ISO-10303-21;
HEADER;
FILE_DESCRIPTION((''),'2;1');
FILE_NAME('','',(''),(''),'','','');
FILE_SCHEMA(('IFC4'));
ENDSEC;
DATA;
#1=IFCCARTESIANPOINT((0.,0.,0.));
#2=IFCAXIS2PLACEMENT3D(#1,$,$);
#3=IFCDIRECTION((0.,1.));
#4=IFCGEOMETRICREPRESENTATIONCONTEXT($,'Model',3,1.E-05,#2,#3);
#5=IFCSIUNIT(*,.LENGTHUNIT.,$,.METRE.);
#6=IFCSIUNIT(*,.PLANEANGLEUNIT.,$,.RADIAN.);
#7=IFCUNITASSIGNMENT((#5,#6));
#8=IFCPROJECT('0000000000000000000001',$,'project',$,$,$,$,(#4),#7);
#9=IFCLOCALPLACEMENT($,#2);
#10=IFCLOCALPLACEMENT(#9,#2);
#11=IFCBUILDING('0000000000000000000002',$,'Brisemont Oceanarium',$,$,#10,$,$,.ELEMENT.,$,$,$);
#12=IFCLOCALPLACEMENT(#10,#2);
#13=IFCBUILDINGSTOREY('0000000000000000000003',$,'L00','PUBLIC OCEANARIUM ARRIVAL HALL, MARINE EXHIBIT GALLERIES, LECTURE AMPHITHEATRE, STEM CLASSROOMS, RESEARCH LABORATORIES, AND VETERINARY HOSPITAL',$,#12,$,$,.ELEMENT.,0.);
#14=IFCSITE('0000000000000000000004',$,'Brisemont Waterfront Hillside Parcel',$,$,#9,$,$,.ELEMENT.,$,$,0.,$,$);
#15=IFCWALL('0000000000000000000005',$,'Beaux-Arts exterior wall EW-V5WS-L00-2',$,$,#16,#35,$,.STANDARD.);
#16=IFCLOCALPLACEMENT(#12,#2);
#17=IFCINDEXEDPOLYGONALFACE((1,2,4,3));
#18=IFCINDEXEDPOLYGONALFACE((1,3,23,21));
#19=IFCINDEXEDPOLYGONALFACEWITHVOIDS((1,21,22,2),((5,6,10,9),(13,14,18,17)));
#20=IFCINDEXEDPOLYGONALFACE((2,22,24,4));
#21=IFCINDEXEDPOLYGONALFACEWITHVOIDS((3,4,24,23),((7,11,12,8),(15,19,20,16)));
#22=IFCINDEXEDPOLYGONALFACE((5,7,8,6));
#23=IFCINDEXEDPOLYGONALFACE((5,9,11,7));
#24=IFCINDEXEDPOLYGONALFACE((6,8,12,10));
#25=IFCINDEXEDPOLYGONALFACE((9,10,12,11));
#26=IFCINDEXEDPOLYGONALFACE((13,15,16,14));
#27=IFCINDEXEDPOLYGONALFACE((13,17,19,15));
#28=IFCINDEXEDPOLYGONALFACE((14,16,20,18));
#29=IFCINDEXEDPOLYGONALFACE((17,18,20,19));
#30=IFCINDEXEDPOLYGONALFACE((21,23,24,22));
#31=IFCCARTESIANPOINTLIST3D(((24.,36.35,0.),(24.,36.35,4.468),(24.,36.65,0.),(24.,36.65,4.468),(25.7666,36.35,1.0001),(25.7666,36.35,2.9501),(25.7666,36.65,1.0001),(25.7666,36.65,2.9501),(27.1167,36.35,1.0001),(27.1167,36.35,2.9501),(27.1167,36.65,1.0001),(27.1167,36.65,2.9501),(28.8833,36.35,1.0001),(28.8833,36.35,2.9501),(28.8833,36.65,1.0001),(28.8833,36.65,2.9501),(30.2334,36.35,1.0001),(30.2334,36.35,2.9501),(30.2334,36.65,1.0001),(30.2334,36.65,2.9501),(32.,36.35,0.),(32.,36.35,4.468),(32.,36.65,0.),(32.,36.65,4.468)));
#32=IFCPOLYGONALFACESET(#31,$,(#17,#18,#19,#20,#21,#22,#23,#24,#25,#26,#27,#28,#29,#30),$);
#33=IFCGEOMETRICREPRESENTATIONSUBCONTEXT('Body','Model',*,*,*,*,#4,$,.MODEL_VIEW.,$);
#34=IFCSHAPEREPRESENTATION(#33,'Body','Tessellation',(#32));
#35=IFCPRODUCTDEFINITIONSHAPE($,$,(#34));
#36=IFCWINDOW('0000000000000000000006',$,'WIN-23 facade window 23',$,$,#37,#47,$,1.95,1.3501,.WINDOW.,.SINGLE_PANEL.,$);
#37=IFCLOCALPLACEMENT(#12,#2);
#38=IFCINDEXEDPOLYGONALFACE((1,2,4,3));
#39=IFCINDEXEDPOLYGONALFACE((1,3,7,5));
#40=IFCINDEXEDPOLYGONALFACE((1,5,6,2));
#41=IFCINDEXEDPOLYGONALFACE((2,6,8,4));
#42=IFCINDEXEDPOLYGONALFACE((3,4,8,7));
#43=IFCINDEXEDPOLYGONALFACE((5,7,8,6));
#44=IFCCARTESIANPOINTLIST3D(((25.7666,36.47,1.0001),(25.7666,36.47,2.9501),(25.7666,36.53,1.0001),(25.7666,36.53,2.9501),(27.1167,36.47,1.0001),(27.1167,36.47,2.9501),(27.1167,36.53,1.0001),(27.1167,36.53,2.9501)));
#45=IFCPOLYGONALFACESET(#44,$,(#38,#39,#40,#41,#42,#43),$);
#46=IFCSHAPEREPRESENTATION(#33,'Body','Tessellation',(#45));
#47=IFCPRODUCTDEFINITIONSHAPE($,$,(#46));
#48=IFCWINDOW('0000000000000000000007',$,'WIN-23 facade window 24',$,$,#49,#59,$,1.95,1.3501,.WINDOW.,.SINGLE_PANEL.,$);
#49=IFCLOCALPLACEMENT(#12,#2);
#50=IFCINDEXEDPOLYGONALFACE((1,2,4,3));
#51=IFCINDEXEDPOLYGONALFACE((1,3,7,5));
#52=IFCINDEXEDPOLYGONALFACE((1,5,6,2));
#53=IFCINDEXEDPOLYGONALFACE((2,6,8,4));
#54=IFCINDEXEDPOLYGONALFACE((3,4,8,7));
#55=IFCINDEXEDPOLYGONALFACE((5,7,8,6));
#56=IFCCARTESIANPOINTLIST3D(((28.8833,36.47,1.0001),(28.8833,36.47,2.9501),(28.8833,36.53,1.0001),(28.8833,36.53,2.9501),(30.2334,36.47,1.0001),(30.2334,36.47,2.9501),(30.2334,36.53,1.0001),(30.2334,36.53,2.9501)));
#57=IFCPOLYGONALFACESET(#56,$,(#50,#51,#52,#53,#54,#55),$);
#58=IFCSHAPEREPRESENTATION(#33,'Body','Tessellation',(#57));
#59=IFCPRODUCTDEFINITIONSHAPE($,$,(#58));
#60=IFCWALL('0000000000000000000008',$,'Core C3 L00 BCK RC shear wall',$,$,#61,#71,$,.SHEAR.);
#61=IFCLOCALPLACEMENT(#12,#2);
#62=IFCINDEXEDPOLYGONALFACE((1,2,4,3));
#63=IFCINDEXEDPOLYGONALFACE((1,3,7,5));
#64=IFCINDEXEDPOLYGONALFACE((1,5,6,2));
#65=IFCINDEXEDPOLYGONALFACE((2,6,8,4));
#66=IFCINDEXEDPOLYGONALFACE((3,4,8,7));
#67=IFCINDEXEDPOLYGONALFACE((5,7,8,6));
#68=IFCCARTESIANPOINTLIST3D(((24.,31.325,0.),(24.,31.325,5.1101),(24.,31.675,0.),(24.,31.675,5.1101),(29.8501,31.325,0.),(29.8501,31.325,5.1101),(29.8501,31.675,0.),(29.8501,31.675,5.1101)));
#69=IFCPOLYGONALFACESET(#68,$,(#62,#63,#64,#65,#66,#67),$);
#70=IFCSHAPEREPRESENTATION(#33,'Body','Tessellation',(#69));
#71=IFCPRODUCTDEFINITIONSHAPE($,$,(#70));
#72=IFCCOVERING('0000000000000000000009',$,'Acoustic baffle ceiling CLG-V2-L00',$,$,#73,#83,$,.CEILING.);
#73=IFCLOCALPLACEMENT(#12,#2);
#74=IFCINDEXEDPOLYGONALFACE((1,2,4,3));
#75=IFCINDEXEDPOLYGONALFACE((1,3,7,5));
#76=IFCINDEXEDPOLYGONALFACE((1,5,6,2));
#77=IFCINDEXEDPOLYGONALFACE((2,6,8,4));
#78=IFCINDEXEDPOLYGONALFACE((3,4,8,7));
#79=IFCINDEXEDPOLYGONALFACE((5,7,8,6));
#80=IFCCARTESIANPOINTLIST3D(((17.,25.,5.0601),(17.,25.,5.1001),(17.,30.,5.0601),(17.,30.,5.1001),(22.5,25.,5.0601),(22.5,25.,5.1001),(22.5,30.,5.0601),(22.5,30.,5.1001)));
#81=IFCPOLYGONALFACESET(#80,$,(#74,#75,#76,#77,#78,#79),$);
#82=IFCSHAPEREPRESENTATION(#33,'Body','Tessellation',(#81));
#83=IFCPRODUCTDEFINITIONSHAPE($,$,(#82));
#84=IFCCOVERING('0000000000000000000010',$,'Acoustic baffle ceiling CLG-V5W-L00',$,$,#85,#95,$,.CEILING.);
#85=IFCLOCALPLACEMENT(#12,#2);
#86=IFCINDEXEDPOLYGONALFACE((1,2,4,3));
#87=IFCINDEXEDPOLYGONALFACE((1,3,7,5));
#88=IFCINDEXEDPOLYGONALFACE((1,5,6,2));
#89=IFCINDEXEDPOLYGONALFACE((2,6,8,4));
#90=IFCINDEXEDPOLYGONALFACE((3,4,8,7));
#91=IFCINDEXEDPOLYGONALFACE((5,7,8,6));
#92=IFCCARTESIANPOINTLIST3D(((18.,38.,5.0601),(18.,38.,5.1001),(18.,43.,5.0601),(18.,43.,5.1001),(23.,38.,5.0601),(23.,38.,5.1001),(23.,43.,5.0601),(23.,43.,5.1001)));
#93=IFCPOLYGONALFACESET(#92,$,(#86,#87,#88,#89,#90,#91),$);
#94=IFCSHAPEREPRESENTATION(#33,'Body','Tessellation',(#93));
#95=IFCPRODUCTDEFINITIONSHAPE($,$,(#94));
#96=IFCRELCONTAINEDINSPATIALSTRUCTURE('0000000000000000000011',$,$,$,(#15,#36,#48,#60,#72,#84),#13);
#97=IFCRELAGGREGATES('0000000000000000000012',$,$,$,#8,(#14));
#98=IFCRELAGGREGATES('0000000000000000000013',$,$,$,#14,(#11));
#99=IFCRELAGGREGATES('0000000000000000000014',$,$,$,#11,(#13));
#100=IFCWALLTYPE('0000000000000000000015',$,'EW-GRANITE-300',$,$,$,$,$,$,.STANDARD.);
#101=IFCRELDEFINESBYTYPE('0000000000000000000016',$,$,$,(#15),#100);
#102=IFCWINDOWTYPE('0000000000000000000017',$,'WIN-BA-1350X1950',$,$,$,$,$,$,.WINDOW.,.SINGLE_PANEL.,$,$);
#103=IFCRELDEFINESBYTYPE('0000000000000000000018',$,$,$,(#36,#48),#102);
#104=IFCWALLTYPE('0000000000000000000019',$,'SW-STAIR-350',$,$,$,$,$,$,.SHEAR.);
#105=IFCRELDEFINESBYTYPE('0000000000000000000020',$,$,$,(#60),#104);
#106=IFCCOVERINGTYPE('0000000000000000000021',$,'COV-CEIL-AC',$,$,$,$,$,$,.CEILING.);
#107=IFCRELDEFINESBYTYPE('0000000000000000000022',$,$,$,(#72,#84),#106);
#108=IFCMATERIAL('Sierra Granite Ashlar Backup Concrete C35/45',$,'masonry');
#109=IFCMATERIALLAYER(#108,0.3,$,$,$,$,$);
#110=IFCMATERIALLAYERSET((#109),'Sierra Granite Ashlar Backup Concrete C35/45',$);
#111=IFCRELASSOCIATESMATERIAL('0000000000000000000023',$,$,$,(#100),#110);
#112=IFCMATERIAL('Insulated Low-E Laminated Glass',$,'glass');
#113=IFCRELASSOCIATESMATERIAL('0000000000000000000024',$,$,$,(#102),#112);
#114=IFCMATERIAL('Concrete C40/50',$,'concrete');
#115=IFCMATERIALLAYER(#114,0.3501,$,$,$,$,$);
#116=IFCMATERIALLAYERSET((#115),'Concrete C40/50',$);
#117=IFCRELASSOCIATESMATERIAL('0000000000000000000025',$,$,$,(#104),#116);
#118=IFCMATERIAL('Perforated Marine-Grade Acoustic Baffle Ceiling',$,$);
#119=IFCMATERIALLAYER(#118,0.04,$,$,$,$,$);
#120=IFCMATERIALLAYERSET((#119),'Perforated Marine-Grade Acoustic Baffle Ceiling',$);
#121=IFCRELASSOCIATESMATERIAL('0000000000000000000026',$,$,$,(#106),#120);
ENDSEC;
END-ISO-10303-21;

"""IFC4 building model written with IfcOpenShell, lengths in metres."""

from ifc_helpers import new_model, si_unit, direction, frame, frame_2d, origin, origin_2d, place, context, subcontext, project, spatial, rectangle, extrude, material, layer, layer_set, type_object, element, fill, save


model = new_model("IFC4")

# Units and contexts
model_context = context("Model", 3, precision=1e-05, world=origin(), true_north=direction((0.0, 1.0)))
body_context = subcontext(model_context, "Body", "Model", "MODEL_VIEW")
ifc_project = project(units=[si_unit("LENGTHUNIT", "METRE"), si_unit("PLANEANGLEUNIT", "RADIAN")], contexts=[model_context])

# Site, building, storey
site_placement = place(None, origin())
site = spatial("IfcSite", under=ifc_project, at=site_placement, Name="Brisemont Waterfront Hillside Parcel", CompositionType="ELEMENT", RefElevation=0.0)
building_placement = place(site_placement, origin())
building = spatial("IfcBuilding", under=site, at=building_placement, Name="Brisemont Oceanarium", CompositionType="ELEMENT")
storey_placement = place(building_placement, origin())
storey = spatial("IfcBuildingStorey", under=building, at=storey_placement, Name="L00", Description="PUBLIC OCEANARIUM ARRIVAL HALL, MARINE EXHIBIT GALLERIES, LECTURE AMPHITHEATRE, STEM CLASSROOMS, RESEARCH LABORATORIES, AND VETERINARY HOSPITAL", CompositionType="ELEMENT", Elevation=0.0)

# Wall, openings, windows
ifc_material_1 = material(Name="Sierra Granite Ashlar Backup Concrete C35/45", Category="masonry")
ifc_layer_1 = layer(ifc_material_1, 0.3)
ifc_layer_set_1 = layer_set([ifc_layer_1], Name="Sierra Granite Ashlar Backup Concrete C35/45")
wall_type_1 = type_object("IfcWallType", Name="EW-GRANITE-300", PredefinedType="STANDARD", material=ifc_layer_set_1)
wall_1_placement = place(storey_placement, frame((24.0, 36.5, 0.0), z_axis=(0.0, 0.0, 1.0), x_axis=(1.0, 0.0, 0.0)))
wall_1 = element("IfcWall", 1, at=wall_1_placement, inside=storey, type_object=wall_type_1, Name="Beaux-Arts exterior wall EW-V5WS-L00-2", PredefinedType="STANDARD", context=body_context, shape_type="SweptSolid", body=[
    extrude(rectangle(XDim=8.0, YDim=0.3, at=frame_2d((4.0, 0.0))), origin(), (0.0, 0.0, 1.0), 4.468),
])
opening_1_placement = place(wall_1_placement, frame((1.7666, 0.0, 1.0)))
opening_1 = element("IfcOpeningElement", 2, at=opening_1_placement, cuts=wall_1, PredefinedType="OPENING", context=body_context, shape_type="SweptSolid", body=[
    extrude(rectangle(XDim=1.3501, YDim=1.95, at=frame_2d((0.675, 0.9751))), frame((0.0, 0.1599, 0.0), z_axis=(0.0, -1.0, 0.0), x_axis=(1.0, 0.0, 0.0)), (0.0, 0.0, 1.0), 0.3201),
])
opening_2_placement = place(wall_1_placement, frame((4.8833, 0.0, 1.0)))
opening_2 = element("IfcOpeningElement", 3, at=opening_2_placement, cuts=wall_1, PredefinedType="OPENING", context=body_context, shape_type="SweptSolid", body=[
    extrude(rectangle(XDim=1.3501, YDim=1.95, at=frame_2d((0.675, 0.9751))), frame((0.0, 0.1599, 0.0), z_axis=(0.0, -1.0, 0.0), x_axis=(1.0, 0.0, 0.0)), (0.0, 0.0, 1.0), 0.3201),
])
ifc_material_2 = material(Name="Insulated Low-E Laminated Glass", Category="glass")
window_type_1 = type_object("IfcWindowType", Name="WIN-BA-1350X1950", PartitioningType="SINGLE_PANEL", PredefinedType="WINDOW", material=ifc_material_2)
window_1_placement = place(opening_1_placement, origin())
window_1 = element("IfcWindow", 4, at=window_1_placement, inside=storey, type_object=window_type_1, Name="WIN-23 facade window 23", OverallHeight=1.95, OverallWidth=1.3501, PartitioningType="SINGLE_PANEL", PredefinedType="WINDOW", context=body_context, shape_type="SweptSolid", body=[
    extrude(rectangle(XDim=1.3501, YDim=1.95, at=frame_2d((0.675, 0.9751))), frame((0.0, 0.03, 0.0), z_axis=(0.0, -1.0, 0.0), x_axis=(1.0, 0.0, 0.0)), (0.0, 0.0, 1.0), 0.0601),
])
fill(opening_1, window_1)
window_2_placement = place(opening_2_placement, origin())
window_2 = element("IfcWindow", 5, at=window_2_placement, inside=storey, type_object=window_type_1, Name="WIN-23 facade window 24", OverallHeight=1.95, OverallWidth=1.3501, PartitioningType="SINGLE_PANEL", PredefinedType="WINDOW", context=body_context, shape_type="SweptSolid", body=[
    extrude(rectangle(XDim=1.3501, YDim=1.95, at=frame_2d((0.675, 0.9751))), frame((0.0, 0.03, 0.0), z_axis=(0.0, -1.0, 0.0), x_axis=(1.0, 0.0, 0.0)), (0.0, 0.0, 1.0), 0.0601),
])
fill(opening_2, window_2)

# Wall
ifc_material_3 = material(Name="Concrete C40/50", Category="concrete")
ifc_layer_2 = layer(ifc_material_3, 0.3501)
ifc_layer_set_2 = layer_set([ifc_layer_2], Name="Concrete C40/50")
wall_type_2 = type_object("IfcWallType", Name="SW-STAIR-350", PredefinedType="SHEAR", material=ifc_layer_set_2)
wall_2_placement = place(storey_placement, frame((24.0, 31.5, 0.0), z_axis=(0.0, 0.0, 1.0), x_axis=(1.0, 0.0, 0.0)))
element("IfcWall", 6, at=wall_2_placement, inside=storey, type_object=wall_type_2, Name="Core C3 L00 BCK RC shear wall", PredefinedType="SHEAR", context=body_context, shape_type="SweptSolid", body=[
    extrude(rectangle(XDim=5.8501, YDim=0.3501, at=frame_2d((2.925, 0.0))), origin(), (0.0, 0.0, 1.0), 5.1101),
])

# Coverings
ifc_material_4 = material(Name="Perforated Marine-Grade Acoustic Baffle Ceiling")
ifc_layer_3 = layer(ifc_material_4, 0.04)
ifc_layer_set_3 = layer_set([ifc_layer_3], Name="Perforated Marine-Grade Acoustic Baffle Ceiling")
covering_type = type_object("IfcCoveringType", Name="COV-CEIL-AC", PredefinedType="CEILING", material=ifc_layer_set_3)
covering_1_placement = place(storey_placement, frame((19.75, 27.5, 5.0601), z_axis=(0.0, 0.0, 1.0), x_axis=(1.0, 0.0, 0.0)))
element("IfcCovering", 7, at=covering_1_placement, inside=storey, type_object=covering_type, Name="Acoustic baffle ceiling CLG-V2-L00", PredefinedType="CEILING", context=body_context, shape_type="SweptSolid", body=[
    extrude(rectangle(XDim=5.5, YDim=5.0, at=origin_2d()), origin(), (0.0, 0.0, 1.0), 0.04),
])
covering_2_placement = place(storey_placement, frame((20.5, 40.5, 5.0601), z_axis=(0.0, 0.0, 1.0), x_axis=(1.0, 0.0, 0.0)))
element("IfcCovering", 8, at=covering_2_placement, inside=storey, type_object=covering_type, Name="Acoustic baffle ceiling CLG-V5W-L00", PredefinedType="CEILING", context=body_context, shape_type="SweptSolid", body=[
    extrude(rectangle(XDim=5.0, YDim=5.0, at=origin_2d()), origin(), (0.0, 0.0, 1.0), 0.04),
])

save(model, "model.ifc")
